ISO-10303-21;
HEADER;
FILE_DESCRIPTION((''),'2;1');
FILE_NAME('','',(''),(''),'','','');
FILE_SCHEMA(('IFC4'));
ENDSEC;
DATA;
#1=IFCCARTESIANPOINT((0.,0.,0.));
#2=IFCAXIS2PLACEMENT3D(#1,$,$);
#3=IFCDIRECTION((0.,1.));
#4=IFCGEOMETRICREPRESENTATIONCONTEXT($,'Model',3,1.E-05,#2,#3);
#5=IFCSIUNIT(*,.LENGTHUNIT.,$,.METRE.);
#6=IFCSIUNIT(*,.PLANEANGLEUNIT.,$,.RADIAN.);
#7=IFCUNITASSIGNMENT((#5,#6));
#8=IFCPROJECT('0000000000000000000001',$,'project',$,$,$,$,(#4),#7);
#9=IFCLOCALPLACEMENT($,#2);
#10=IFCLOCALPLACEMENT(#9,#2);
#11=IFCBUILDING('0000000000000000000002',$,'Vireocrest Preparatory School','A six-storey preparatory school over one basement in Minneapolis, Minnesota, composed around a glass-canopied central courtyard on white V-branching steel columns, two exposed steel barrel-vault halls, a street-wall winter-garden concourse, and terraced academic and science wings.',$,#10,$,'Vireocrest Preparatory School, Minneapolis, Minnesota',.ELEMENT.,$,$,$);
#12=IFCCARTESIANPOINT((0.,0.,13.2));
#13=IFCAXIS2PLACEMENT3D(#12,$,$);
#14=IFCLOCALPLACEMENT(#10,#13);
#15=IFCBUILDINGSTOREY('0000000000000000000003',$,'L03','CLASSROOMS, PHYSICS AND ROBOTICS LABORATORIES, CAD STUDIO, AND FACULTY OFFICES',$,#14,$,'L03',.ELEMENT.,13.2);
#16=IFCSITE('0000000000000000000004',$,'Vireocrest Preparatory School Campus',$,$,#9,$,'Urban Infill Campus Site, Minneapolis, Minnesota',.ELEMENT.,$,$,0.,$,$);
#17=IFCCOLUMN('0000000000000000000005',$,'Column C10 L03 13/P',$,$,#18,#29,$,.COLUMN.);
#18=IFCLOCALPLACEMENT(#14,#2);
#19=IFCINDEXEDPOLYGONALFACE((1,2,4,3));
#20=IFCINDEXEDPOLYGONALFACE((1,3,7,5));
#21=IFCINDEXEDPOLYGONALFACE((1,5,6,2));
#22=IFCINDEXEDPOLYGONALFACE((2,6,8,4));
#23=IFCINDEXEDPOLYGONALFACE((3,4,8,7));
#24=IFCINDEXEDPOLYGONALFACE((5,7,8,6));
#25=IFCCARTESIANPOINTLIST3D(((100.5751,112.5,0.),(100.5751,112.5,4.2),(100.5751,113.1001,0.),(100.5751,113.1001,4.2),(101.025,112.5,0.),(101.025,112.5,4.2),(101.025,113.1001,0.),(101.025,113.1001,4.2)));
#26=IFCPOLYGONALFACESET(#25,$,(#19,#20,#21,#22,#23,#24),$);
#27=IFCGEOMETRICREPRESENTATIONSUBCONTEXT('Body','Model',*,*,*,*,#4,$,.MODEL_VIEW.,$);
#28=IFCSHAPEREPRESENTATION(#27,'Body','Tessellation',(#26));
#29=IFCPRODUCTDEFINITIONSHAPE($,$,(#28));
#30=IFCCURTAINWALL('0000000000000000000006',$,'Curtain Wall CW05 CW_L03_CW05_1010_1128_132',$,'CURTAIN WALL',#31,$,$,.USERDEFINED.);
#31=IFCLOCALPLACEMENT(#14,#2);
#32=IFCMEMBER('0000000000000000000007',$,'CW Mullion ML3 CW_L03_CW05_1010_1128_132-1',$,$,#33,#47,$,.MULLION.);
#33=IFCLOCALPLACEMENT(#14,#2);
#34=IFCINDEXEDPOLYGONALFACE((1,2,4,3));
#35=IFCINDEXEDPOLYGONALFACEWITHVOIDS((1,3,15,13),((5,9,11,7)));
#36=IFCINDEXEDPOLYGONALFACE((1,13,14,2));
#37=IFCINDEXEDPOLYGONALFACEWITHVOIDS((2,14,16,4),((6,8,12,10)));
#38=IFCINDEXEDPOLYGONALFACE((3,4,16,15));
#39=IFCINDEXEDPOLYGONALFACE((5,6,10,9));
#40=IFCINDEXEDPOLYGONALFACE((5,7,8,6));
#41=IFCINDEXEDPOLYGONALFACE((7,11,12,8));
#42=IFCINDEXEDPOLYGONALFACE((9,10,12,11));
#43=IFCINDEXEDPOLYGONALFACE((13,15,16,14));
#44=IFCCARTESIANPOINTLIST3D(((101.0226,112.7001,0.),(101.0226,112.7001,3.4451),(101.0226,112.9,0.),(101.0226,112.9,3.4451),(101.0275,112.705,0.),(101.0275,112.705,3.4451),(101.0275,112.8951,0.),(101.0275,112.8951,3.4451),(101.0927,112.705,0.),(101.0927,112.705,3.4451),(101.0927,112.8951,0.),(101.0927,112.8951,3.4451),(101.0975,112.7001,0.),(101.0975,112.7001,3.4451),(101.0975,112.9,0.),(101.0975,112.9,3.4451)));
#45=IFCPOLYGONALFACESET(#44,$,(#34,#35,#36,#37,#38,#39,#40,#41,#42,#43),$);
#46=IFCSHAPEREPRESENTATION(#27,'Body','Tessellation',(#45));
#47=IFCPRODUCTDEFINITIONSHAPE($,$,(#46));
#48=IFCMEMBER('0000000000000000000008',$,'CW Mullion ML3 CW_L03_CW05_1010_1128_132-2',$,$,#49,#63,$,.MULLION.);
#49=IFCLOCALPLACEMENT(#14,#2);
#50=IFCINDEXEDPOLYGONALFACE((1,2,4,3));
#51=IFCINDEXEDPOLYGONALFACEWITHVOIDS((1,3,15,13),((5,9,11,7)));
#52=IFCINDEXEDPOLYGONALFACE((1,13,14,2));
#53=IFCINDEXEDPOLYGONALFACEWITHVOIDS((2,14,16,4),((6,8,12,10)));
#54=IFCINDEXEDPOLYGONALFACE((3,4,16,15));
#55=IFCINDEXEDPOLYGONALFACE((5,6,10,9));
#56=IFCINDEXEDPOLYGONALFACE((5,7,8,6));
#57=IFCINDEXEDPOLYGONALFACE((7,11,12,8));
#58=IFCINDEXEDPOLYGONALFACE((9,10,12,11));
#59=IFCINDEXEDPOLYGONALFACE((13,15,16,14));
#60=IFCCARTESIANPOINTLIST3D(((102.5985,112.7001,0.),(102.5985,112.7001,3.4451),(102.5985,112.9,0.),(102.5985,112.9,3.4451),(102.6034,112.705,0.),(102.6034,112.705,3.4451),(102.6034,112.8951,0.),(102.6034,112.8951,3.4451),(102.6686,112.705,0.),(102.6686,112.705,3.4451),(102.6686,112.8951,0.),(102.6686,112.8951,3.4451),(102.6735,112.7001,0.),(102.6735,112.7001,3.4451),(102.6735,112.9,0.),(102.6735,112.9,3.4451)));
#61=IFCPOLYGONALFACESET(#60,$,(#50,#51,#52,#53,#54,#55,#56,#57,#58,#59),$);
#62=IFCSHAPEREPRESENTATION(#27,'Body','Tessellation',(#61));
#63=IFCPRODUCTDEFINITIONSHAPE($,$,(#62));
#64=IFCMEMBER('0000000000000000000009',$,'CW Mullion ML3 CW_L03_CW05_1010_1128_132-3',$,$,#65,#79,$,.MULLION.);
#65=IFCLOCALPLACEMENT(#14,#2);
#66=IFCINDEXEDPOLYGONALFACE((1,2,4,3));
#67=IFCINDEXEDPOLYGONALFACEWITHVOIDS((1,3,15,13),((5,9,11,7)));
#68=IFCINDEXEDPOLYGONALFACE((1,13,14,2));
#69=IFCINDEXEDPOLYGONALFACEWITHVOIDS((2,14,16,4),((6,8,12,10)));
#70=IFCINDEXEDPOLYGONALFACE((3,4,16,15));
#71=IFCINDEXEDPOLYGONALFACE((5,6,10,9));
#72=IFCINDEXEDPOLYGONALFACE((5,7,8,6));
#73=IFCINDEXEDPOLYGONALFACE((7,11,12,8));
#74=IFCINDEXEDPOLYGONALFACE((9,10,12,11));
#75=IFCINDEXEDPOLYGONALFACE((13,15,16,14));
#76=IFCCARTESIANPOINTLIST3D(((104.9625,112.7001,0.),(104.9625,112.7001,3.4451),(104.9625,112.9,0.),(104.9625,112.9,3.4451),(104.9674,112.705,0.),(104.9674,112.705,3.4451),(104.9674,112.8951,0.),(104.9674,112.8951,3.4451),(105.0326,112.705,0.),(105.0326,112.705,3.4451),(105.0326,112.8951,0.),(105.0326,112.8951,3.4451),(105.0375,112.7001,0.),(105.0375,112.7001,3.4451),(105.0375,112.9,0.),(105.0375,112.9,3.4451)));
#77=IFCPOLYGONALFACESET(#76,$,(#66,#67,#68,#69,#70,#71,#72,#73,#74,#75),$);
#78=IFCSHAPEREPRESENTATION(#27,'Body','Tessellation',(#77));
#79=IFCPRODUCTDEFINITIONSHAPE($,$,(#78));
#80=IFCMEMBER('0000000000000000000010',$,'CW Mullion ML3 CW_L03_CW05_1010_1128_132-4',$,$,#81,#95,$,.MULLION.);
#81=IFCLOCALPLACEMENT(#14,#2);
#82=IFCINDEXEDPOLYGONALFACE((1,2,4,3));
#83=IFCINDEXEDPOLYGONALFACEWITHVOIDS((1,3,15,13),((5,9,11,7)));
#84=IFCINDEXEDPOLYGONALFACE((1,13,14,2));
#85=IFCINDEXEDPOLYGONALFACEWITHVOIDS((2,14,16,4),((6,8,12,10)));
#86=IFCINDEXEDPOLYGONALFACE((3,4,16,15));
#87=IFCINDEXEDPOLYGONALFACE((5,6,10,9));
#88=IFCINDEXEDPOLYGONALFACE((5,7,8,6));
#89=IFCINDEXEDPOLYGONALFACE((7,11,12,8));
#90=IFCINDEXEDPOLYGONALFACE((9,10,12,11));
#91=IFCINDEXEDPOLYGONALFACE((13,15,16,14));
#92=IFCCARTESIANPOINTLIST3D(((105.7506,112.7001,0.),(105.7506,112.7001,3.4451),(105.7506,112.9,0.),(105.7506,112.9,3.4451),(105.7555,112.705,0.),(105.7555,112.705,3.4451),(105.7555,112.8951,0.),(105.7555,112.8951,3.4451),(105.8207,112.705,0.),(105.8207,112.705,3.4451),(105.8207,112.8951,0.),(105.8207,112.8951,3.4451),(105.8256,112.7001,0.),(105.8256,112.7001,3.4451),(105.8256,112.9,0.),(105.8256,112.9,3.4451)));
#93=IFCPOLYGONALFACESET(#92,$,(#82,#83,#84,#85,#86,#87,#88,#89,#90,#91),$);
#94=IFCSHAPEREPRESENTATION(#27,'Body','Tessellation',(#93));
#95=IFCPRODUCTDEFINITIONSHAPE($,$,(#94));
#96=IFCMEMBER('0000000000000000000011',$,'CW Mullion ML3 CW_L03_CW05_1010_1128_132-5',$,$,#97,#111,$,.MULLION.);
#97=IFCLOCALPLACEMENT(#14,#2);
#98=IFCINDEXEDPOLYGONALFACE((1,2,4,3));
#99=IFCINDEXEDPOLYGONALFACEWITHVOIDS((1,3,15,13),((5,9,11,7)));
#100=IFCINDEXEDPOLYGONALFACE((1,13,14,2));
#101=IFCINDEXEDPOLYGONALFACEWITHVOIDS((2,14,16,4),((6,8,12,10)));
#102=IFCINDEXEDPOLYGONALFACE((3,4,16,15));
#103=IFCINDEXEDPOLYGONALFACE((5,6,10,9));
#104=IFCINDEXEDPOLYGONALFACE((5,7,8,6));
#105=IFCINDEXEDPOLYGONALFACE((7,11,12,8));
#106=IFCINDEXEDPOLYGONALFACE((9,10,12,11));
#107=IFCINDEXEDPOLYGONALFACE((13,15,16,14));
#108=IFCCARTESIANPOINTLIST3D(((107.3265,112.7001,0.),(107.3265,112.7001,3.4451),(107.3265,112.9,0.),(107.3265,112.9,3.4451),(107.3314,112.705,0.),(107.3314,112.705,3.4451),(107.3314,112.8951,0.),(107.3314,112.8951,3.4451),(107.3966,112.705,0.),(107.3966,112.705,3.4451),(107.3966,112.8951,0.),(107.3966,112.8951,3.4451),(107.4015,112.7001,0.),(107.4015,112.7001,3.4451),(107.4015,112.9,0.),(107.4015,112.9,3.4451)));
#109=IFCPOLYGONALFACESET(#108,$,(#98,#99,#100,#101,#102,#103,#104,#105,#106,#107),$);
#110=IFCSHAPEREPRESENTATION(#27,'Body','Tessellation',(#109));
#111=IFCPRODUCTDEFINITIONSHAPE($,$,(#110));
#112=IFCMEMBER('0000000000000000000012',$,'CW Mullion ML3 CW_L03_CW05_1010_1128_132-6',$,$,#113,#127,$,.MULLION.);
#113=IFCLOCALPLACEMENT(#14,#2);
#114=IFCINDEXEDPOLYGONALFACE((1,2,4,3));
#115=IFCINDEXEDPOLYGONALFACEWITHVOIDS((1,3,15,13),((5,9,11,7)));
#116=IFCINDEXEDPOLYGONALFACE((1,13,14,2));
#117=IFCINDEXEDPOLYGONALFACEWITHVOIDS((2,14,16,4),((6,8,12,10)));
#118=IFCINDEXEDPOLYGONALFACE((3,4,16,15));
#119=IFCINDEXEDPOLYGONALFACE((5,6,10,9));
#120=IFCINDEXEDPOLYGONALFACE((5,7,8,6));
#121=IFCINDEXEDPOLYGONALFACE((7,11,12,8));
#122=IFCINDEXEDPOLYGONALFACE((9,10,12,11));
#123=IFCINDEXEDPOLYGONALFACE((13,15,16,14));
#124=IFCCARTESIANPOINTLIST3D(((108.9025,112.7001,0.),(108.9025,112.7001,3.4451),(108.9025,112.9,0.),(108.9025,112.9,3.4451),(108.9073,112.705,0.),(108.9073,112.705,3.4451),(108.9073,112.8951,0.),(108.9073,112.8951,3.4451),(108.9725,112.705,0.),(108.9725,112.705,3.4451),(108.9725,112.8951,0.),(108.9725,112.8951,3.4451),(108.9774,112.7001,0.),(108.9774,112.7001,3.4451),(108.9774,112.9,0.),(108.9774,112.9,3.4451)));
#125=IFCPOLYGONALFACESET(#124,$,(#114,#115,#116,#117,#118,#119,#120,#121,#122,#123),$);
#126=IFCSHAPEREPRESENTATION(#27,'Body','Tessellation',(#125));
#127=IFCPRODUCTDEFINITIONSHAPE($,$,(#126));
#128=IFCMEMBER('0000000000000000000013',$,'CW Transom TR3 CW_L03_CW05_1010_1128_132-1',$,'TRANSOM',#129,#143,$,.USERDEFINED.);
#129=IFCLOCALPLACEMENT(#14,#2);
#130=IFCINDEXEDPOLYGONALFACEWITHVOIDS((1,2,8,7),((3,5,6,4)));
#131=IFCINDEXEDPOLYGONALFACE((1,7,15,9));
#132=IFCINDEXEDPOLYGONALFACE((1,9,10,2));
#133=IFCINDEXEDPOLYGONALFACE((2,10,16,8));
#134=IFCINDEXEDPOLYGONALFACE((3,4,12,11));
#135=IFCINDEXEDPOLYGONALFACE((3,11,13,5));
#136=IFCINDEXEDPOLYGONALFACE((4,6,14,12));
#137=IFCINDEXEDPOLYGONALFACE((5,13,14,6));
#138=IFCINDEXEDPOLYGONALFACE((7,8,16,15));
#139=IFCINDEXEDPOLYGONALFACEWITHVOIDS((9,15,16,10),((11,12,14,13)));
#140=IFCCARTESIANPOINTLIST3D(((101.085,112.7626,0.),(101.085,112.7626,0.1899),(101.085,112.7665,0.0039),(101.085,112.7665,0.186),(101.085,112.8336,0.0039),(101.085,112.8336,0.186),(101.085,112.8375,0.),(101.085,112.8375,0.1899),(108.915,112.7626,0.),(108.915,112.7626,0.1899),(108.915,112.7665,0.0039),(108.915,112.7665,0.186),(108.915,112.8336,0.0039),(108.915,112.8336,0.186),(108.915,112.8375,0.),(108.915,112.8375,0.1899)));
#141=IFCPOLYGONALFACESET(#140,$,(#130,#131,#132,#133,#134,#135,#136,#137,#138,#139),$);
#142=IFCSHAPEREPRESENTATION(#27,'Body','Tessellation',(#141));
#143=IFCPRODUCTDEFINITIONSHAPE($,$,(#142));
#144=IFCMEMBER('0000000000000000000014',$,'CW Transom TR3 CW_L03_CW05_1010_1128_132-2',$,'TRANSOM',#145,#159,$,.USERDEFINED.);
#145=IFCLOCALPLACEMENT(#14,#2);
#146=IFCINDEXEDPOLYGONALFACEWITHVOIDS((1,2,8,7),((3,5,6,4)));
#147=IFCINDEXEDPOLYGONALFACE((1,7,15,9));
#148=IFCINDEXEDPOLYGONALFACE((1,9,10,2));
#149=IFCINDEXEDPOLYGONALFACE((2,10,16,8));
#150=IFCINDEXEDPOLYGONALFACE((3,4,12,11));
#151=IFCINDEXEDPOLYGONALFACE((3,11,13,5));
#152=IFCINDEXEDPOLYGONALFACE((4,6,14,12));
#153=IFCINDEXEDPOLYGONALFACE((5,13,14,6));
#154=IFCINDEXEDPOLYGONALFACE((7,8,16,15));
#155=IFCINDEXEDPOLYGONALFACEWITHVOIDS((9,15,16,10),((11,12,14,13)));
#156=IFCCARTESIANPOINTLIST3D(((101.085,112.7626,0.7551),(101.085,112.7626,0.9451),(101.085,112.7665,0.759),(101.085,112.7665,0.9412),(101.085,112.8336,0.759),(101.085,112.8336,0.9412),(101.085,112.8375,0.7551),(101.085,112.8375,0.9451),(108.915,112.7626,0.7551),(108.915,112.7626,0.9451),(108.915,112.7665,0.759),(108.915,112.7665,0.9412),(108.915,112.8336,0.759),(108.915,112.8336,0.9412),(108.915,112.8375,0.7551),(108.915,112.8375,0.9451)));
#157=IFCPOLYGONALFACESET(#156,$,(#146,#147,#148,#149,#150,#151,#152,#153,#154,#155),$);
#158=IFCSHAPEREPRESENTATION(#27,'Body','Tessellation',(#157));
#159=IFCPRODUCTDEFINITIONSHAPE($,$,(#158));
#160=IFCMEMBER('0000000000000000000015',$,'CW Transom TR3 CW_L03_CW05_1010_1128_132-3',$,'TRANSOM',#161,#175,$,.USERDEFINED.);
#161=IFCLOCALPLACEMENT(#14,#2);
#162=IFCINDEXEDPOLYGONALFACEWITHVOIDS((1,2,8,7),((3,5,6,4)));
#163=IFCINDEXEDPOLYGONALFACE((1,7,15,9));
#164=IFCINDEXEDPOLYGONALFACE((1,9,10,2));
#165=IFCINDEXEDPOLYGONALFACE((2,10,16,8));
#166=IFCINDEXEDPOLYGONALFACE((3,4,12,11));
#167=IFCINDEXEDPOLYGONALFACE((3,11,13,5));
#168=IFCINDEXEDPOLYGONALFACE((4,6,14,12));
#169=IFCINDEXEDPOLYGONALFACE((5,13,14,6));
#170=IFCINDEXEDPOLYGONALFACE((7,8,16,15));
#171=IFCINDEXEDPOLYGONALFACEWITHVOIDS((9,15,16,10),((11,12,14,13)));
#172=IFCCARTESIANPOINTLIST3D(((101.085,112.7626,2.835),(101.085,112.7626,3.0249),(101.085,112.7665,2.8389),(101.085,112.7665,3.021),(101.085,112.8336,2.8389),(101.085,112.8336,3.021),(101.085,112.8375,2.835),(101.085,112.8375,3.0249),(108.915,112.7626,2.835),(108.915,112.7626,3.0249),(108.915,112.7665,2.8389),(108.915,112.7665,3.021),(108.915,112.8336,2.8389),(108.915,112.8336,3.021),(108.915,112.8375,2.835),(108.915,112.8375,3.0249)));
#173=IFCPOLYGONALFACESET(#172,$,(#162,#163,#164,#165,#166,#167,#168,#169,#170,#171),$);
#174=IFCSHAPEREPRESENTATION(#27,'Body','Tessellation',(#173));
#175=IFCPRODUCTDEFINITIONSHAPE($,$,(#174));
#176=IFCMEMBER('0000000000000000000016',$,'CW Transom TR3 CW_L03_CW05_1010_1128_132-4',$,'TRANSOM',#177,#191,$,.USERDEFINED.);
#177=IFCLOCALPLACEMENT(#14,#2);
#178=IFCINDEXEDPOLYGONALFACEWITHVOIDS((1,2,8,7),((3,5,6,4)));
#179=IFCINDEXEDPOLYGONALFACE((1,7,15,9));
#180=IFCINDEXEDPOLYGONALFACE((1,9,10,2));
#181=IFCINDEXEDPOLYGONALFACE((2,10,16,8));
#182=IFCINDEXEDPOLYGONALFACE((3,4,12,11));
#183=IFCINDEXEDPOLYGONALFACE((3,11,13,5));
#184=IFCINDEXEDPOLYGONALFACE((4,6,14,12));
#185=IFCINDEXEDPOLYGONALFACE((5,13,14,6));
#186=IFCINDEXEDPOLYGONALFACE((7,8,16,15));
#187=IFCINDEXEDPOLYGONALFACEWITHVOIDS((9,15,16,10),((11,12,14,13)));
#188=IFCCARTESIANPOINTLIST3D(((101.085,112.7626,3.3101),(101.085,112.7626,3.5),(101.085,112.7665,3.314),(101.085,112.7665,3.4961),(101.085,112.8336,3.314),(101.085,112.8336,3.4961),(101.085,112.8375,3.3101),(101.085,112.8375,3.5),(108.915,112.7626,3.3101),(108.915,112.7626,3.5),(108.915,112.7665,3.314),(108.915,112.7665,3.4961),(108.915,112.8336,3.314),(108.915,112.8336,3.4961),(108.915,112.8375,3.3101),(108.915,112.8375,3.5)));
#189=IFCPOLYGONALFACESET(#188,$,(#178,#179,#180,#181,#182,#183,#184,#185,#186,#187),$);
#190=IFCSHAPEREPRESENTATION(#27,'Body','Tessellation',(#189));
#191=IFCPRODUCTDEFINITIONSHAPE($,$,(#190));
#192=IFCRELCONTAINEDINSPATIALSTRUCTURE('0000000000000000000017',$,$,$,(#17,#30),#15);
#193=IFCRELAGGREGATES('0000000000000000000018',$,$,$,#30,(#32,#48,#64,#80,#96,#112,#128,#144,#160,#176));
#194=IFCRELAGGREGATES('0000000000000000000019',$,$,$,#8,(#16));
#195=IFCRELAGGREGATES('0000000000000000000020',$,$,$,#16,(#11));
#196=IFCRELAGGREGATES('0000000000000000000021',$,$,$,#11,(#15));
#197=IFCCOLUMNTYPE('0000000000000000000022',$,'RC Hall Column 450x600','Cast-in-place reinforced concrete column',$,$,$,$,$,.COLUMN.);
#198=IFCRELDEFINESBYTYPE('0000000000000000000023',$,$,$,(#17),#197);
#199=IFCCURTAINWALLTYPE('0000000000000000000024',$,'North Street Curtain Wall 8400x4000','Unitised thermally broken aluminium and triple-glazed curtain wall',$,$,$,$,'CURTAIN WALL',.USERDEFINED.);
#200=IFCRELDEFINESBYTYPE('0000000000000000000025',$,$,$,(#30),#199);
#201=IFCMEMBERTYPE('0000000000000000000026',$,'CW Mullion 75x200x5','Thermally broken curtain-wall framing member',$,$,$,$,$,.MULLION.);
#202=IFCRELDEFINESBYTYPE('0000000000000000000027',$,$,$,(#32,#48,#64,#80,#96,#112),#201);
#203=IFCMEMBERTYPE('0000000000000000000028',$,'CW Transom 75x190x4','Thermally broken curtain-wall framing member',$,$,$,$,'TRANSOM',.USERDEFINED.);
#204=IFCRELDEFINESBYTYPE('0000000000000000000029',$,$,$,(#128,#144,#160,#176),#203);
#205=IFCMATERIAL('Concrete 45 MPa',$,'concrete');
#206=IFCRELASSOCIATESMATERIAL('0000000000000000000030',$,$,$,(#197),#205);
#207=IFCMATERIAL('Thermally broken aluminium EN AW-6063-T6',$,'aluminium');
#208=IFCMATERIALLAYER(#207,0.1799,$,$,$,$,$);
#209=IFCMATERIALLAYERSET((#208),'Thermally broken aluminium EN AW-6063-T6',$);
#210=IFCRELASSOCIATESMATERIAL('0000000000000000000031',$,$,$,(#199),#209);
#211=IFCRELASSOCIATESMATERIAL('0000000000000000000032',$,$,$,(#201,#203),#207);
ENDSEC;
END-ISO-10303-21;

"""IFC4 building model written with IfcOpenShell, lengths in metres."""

from ifc_helpers import new_model, si_unit, direction, frame, origin, origin_2d, place, context, subcontext, project, spatial, rectangle, hollow_rectangle, extrude, material, layer, layer_set, material_profile, profile_set, type_object, element, aggregate, save


model = new_model("IFC4")

# Units and contexts
model_context = context("Model", 3, precision=1e-05, world=origin(), true_north=direction((0.0, 1.0)))
body_context = subcontext(model_context, "Body", "Model", "MODEL_VIEW")
ifc_project = project(units=[si_unit("LENGTHUNIT", "METRE"), si_unit("PLANEANGLEUNIT", "RADIAN")], contexts=[model_context])

# Site, building, storey
site_placement = place(None, origin())
site = spatial("IfcSite", under=ifc_project, at=site_placement, Name="Vireocrest Preparatory School Campus", LongName="Urban Infill Campus Site, Minneapolis, Minnesota", CompositionType="ELEMENT", RefElevation=0.0)
building_placement = place(site_placement, origin())
building = spatial("IfcBuilding", under=site, at=building_placement, Name="Vireocrest Preparatory School", Description="A six-storey preparatory school over one basement in Minneapolis, Minnesota, composed around a glass-canopied central courtyard on white V-branching steel columns, two exposed steel barrel-vault halls, a street-wall winter-garden concourse, and terraced academic and science wings.", LongName="Vireocrest Preparatory School, Minneapolis, Minnesota", CompositionType="ELEMENT")
storey_placement = place(building_placement, frame((0.0, 0.0, 13.2)))
storey = spatial("IfcBuildingStorey", under=building, at=storey_placement, Name="L03", Description="CLASSROOMS, PHYSICS AND ROBOTICS LABORATORIES, CAD STUDIO, AND FACULTY OFFICES", LongName="L03", CompositionType="ELEMENT", Elevation=13.2)

# Column
ifc_material_1 = material(Name="Concrete 45 MPa", Category="concrete")
ifc_material_profile_1 = material_profile(ifc_material_1, rectangle(XDim=0.45, YDim=0.6001, at=origin_2d()), Name="RC 450x600")
ifc_profile_set_1 = profile_set([ifc_material_profile_1], Name="Concrete 45 MPa")
column_type = type_object("IfcColumnType", Name="RC Hall Column 450x600", Description="Cast-in-place reinforced concrete column", PredefinedType="COLUMN", material=ifc_profile_set_1)
column_placement = place(storey_placement, frame((100.8, 112.8, 0.0), z_axis=(0.0, 0.0, 1.0), x_axis=(1.0, 0.0, 0.0)))
element("IfcColumn", 1, at=column_placement, inside=storey, type_object=column_type, Name="Column C10 L03 13/P", PredefinedType="COLUMN", context=body_context, shape_type="SweptSolid", body=[
    extrude(rectangle(XDim=0.45, YDim=0.6001, at=origin_2d()), origin(), (0.0, 0.0, 1.0), 4.2),
])

# Curtain wall, members
ifc_material_2 = material(Name="Thermally broken aluminium EN AW-6063-T6", Category="aluminium")
ifc_layer_1 = layer(ifc_material_2, 0.1799)
ifc_layer_set_1 = layer_set([ifc_layer_1], Name="Thermally broken aluminium EN AW-6063-T6")
curtain_wall_type = type_object("IfcCurtainWallType", Name="North Street Curtain Wall 8400x4000", Description="Unitised thermally broken aluminium and triple-glazed curtain wall", ElementType="CURTAIN WALL", PredefinedType="USERDEFINED", material=ifc_layer_set_1)
curtain_wall_placement = place(storey_placement, origin())
curtain_wall = element("IfcCurtainWall", 2, at=curtain_wall_placement, inside=storey, type_object=curtain_wall_type, Name="Curtain Wall CW05 CW_L03_CW05_1010_1128_132", ObjectType="CURTAIN WALL", PredefinedType="USERDEFINED")
ifc_material_profile_2 = material_profile(ifc_material_2, hollow_rectangle(XDim=0.075, YDim=0.2, WallThickness=0.0049, at=origin_2d()), Name="ALU 75x200x5")
ifc_profile_set_2 = profile_set([ifc_material_profile_2], Name="Thermally broken aluminium EN AW-6063-T6")
member_type_1 = type_object("IfcMemberType", Name="CW Mullion 75x200x5", Description="Thermally broken curtain-wall framing member", PredefinedType="MULLION", material=ifc_profile_set_2)
member_1_placement = place(storey_placement, frame((101.0601, 112.8, 0.0), z_axis=(0.0, 0.0, 1.0), x_axis=(1.0, 0.0, 0.0)))
member_1 = element("IfcMember", 3, at=member_1_placement, type_object=member_type_1, Name="CW Mullion ML3 CW_L03_CW05_1010_1128_132-1", PredefinedType="MULLION", context=body_context, shape_type="SweptSolid", body=[
    extrude(hollow_rectangle(XDim=0.075, YDim=0.2, WallThickness=0.0049, at=origin_2d()), origin(), (0.0, 0.0, 1.0), 3.4451),
])
member_2_placement = place(storey_placement, frame((102.636, 112.8, 0.0), z_axis=(0.0, 0.0, 1.0), x_axis=(1.0, 0.0, 0.0)))
member_2 = element("IfcMember", 4, at=member_2_placement, type_object=member_type_1, Name="CW Mullion ML3 CW_L03_CW05_1010_1128_132-2", PredefinedType="MULLION", context=body_context, shape_type="SweptSolid", body=[
    extrude(hollow_rectangle(XDim=0.075, YDim=0.2, WallThickness=0.0049, at=origin_2d()), origin(), (0.0, 0.0, 1.0), 3.4451),
])
member_3_placement = place(storey_placement, frame((105.0, 112.8, 0.0), z_axis=(0.0, 0.0, 1.0), x_axis=(1.0, 0.0, 0.0)))
member_3 = element("IfcMember", 5, at=member_3_placement, type_object=member_type_1, Name="CW Mullion ML3 CW_L03_CW05_1010_1128_132-3", PredefinedType="MULLION", context=body_context, shape_type="SweptSolid", body=[
    extrude(hollow_rectangle(XDim=0.075, YDim=0.2, WallThickness=0.0049, at=origin_2d()), origin(), (0.0, 0.0, 1.0), 3.4451),
])
member_4_placement = place(storey_placement, frame((105.7881, 112.8, 0.0), z_axis=(0.0, 0.0, 1.0), x_axis=(1.0, 0.0, 0.0)))
member_4 = element("IfcMember", 6, at=member_4_placement, type_object=member_type_1, Name="CW Mullion ML3 CW_L03_CW05_1010_1128_132-4", PredefinedType="MULLION", context=body_context, shape_type="SweptSolid", body=[
    extrude(hollow_rectangle(XDim=0.075, YDim=0.2, WallThickness=0.0049, at=origin_2d()), origin(), (0.0, 0.0, 1.0), 3.4451),
])
member_5_placement = place(storey_placement, frame((107.364, 112.8, 0.0), z_axis=(0.0, 0.0, 1.0), x_axis=(1.0, 0.0, 0.0)))
member_5 = element("IfcMember", 7, at=member_5_placement, type_object=member_type_1, Name="CW Mullion ML3 CW_L03_CW05_1010_1128_132-5", PredefinedType="MULLION", context=body_context, shape_type="SweptSolid", body=[
    extrude(hollow_rectangle(XDim=0.075, YDim=0.2, WallThickness=0.0049, at=origin_2d()), origin(), (0.0, 0.0, 1.0), 3.4451),
])
member_6_placement = place(storey_placement, frame((108.9399, 112.8, 0.0), z_axis=(0.0, 0.0, 1.0), x_axis=(1.0, 0.0, 0.0)))
member_6 = element("IfcMember", 8, at=member_6_placement, type_object=member_type_1, Name="CW Mullion ML3 CW_L03_CW05_1010_1128_132-6", PredefinedType="MULLION", context=body_context, shape_type="SweptSolid", body=[
    extrude(hollow_rectangle(XDim=0.075, YDim=0.2, WallThickness=0.0049, at=origin_2d()), origin(), (0.0, 0.0, 1.0), 3.4451),
])
ifc_material_profile_3 = material_profile(ifc_material_2, hollow_rectangle(XDim=0.075, YDim=0.1899, WallThickness=0.0039, at=origin_2d()), Name="ALU 75x190x4")
ifc_profile_set_3 = profile_set([ifc_material_profile_3], Name="Thermally broken aluminium EN AW-6063-T6")
member_type_2 = type_object("IfcMemberType", Name="CW Transom 75x190x4", Description="Thermally broken curtain-wall framing member", ElementType="TRANSOM", PredefinedType="USERDEFINED", material=ifc_profile_set_3)
member_7_placement = place(storey_placement, frame((101.085, 112.8, 0.095), z_axis=(1.0, 0.0, 0.0), x_axis=(0.0, 1.0, 0.0)))
member_7 = element("IfcMember", 9, at=member_7_placement, type_object=member_type_2, Name="CW Transom TR3 CW_L03_CW05_1010_1128_132-1", ObjectType="TRANSOM", PredefinedType="USERDEFINED", context=body_context, shape_type="SweptSolid", body=[
    extrude(hollow_rectangle(XDim=0.075, YDim=0.1899, WallThickness=0.0039, at=origin_2d()), origin(), (0.0, 0.0, 1.0), 7.8301),
])
member_8_placement = place(storey_placement, frame((101.085, 112.8, 0.8501), z_axis=(1.0, 0.0, 0.0), x_axis=(0.0, 1.0, 0.0)))
member_8 = element("IfcMember", 10, at=member_8_placement, type_object=member_type_2, Name="CW Transom TR3 CW_L03_CW05_1010_1128_132-2", ObjectType="TRANSOM", PredefinedType="USERDEFINED", context=body_context, shape_type="SweptSolid", body=[
    extrude(hollow_rectangle(XDim=0.075, YDim=0.1899, WallThickness=0.0039, at=origin_2d()), origin(), (0.0, 0.0, 1.0), 7.8301),
])
member_9_placement = place(storey_placement, frame((101.085, 112.8, 2.9299), z_axis=(1.0, 0.0, 0.0), x_axis=(0.0, 1.0, 0.0)))
member_9 = element("IfcMember", 11, at=member_9_placement, type_object=member_type_2, Name="CW Transom TR3 CW_L03_CW05_1010_1128_132-3", ObjectType="TRANSOM", PredefinedType="USERDEFINED", context=body_context, shape_type="SweptSolid", body=[
    extrude(hollow_rectangle(XDim=0.075, YDim=0.1899, WallThickness=0.0039, at=origin_2d()), origin(), (0.0, 0.0, 1.0), 7.8301),
])
member_10_placement = place(storey_placement, frame((101.085, 112.8, 3.405), z_axis=(1.0, 0.0, 0.0), x_axis=(0.0, 1.0, 0.0)))
member_10 = element("IfcMember", 12, at=member_10_placement, type_object=member_type_2, Name="CW Transom TR3 CW_L03_CW05_1010_1128_132-4", ObjectType="TRANSOM", PredefinedType="USERDEFINED", context=body_context, shape_type="SweptSolid", body=[
    extrude(hollow_rectangle(XDim=0.075, YDim=0.1899, WallThickness=0.0039, at=origin_2d()), origin(), (0.0, 0.0, 1.0), 7.8301),
])

aggregate(curtain_wall, [member_1, member_2, member_3, member_4, member_5, member_6, member_7, member_8, member_9, member_10])

save(model, "model.ifc")
